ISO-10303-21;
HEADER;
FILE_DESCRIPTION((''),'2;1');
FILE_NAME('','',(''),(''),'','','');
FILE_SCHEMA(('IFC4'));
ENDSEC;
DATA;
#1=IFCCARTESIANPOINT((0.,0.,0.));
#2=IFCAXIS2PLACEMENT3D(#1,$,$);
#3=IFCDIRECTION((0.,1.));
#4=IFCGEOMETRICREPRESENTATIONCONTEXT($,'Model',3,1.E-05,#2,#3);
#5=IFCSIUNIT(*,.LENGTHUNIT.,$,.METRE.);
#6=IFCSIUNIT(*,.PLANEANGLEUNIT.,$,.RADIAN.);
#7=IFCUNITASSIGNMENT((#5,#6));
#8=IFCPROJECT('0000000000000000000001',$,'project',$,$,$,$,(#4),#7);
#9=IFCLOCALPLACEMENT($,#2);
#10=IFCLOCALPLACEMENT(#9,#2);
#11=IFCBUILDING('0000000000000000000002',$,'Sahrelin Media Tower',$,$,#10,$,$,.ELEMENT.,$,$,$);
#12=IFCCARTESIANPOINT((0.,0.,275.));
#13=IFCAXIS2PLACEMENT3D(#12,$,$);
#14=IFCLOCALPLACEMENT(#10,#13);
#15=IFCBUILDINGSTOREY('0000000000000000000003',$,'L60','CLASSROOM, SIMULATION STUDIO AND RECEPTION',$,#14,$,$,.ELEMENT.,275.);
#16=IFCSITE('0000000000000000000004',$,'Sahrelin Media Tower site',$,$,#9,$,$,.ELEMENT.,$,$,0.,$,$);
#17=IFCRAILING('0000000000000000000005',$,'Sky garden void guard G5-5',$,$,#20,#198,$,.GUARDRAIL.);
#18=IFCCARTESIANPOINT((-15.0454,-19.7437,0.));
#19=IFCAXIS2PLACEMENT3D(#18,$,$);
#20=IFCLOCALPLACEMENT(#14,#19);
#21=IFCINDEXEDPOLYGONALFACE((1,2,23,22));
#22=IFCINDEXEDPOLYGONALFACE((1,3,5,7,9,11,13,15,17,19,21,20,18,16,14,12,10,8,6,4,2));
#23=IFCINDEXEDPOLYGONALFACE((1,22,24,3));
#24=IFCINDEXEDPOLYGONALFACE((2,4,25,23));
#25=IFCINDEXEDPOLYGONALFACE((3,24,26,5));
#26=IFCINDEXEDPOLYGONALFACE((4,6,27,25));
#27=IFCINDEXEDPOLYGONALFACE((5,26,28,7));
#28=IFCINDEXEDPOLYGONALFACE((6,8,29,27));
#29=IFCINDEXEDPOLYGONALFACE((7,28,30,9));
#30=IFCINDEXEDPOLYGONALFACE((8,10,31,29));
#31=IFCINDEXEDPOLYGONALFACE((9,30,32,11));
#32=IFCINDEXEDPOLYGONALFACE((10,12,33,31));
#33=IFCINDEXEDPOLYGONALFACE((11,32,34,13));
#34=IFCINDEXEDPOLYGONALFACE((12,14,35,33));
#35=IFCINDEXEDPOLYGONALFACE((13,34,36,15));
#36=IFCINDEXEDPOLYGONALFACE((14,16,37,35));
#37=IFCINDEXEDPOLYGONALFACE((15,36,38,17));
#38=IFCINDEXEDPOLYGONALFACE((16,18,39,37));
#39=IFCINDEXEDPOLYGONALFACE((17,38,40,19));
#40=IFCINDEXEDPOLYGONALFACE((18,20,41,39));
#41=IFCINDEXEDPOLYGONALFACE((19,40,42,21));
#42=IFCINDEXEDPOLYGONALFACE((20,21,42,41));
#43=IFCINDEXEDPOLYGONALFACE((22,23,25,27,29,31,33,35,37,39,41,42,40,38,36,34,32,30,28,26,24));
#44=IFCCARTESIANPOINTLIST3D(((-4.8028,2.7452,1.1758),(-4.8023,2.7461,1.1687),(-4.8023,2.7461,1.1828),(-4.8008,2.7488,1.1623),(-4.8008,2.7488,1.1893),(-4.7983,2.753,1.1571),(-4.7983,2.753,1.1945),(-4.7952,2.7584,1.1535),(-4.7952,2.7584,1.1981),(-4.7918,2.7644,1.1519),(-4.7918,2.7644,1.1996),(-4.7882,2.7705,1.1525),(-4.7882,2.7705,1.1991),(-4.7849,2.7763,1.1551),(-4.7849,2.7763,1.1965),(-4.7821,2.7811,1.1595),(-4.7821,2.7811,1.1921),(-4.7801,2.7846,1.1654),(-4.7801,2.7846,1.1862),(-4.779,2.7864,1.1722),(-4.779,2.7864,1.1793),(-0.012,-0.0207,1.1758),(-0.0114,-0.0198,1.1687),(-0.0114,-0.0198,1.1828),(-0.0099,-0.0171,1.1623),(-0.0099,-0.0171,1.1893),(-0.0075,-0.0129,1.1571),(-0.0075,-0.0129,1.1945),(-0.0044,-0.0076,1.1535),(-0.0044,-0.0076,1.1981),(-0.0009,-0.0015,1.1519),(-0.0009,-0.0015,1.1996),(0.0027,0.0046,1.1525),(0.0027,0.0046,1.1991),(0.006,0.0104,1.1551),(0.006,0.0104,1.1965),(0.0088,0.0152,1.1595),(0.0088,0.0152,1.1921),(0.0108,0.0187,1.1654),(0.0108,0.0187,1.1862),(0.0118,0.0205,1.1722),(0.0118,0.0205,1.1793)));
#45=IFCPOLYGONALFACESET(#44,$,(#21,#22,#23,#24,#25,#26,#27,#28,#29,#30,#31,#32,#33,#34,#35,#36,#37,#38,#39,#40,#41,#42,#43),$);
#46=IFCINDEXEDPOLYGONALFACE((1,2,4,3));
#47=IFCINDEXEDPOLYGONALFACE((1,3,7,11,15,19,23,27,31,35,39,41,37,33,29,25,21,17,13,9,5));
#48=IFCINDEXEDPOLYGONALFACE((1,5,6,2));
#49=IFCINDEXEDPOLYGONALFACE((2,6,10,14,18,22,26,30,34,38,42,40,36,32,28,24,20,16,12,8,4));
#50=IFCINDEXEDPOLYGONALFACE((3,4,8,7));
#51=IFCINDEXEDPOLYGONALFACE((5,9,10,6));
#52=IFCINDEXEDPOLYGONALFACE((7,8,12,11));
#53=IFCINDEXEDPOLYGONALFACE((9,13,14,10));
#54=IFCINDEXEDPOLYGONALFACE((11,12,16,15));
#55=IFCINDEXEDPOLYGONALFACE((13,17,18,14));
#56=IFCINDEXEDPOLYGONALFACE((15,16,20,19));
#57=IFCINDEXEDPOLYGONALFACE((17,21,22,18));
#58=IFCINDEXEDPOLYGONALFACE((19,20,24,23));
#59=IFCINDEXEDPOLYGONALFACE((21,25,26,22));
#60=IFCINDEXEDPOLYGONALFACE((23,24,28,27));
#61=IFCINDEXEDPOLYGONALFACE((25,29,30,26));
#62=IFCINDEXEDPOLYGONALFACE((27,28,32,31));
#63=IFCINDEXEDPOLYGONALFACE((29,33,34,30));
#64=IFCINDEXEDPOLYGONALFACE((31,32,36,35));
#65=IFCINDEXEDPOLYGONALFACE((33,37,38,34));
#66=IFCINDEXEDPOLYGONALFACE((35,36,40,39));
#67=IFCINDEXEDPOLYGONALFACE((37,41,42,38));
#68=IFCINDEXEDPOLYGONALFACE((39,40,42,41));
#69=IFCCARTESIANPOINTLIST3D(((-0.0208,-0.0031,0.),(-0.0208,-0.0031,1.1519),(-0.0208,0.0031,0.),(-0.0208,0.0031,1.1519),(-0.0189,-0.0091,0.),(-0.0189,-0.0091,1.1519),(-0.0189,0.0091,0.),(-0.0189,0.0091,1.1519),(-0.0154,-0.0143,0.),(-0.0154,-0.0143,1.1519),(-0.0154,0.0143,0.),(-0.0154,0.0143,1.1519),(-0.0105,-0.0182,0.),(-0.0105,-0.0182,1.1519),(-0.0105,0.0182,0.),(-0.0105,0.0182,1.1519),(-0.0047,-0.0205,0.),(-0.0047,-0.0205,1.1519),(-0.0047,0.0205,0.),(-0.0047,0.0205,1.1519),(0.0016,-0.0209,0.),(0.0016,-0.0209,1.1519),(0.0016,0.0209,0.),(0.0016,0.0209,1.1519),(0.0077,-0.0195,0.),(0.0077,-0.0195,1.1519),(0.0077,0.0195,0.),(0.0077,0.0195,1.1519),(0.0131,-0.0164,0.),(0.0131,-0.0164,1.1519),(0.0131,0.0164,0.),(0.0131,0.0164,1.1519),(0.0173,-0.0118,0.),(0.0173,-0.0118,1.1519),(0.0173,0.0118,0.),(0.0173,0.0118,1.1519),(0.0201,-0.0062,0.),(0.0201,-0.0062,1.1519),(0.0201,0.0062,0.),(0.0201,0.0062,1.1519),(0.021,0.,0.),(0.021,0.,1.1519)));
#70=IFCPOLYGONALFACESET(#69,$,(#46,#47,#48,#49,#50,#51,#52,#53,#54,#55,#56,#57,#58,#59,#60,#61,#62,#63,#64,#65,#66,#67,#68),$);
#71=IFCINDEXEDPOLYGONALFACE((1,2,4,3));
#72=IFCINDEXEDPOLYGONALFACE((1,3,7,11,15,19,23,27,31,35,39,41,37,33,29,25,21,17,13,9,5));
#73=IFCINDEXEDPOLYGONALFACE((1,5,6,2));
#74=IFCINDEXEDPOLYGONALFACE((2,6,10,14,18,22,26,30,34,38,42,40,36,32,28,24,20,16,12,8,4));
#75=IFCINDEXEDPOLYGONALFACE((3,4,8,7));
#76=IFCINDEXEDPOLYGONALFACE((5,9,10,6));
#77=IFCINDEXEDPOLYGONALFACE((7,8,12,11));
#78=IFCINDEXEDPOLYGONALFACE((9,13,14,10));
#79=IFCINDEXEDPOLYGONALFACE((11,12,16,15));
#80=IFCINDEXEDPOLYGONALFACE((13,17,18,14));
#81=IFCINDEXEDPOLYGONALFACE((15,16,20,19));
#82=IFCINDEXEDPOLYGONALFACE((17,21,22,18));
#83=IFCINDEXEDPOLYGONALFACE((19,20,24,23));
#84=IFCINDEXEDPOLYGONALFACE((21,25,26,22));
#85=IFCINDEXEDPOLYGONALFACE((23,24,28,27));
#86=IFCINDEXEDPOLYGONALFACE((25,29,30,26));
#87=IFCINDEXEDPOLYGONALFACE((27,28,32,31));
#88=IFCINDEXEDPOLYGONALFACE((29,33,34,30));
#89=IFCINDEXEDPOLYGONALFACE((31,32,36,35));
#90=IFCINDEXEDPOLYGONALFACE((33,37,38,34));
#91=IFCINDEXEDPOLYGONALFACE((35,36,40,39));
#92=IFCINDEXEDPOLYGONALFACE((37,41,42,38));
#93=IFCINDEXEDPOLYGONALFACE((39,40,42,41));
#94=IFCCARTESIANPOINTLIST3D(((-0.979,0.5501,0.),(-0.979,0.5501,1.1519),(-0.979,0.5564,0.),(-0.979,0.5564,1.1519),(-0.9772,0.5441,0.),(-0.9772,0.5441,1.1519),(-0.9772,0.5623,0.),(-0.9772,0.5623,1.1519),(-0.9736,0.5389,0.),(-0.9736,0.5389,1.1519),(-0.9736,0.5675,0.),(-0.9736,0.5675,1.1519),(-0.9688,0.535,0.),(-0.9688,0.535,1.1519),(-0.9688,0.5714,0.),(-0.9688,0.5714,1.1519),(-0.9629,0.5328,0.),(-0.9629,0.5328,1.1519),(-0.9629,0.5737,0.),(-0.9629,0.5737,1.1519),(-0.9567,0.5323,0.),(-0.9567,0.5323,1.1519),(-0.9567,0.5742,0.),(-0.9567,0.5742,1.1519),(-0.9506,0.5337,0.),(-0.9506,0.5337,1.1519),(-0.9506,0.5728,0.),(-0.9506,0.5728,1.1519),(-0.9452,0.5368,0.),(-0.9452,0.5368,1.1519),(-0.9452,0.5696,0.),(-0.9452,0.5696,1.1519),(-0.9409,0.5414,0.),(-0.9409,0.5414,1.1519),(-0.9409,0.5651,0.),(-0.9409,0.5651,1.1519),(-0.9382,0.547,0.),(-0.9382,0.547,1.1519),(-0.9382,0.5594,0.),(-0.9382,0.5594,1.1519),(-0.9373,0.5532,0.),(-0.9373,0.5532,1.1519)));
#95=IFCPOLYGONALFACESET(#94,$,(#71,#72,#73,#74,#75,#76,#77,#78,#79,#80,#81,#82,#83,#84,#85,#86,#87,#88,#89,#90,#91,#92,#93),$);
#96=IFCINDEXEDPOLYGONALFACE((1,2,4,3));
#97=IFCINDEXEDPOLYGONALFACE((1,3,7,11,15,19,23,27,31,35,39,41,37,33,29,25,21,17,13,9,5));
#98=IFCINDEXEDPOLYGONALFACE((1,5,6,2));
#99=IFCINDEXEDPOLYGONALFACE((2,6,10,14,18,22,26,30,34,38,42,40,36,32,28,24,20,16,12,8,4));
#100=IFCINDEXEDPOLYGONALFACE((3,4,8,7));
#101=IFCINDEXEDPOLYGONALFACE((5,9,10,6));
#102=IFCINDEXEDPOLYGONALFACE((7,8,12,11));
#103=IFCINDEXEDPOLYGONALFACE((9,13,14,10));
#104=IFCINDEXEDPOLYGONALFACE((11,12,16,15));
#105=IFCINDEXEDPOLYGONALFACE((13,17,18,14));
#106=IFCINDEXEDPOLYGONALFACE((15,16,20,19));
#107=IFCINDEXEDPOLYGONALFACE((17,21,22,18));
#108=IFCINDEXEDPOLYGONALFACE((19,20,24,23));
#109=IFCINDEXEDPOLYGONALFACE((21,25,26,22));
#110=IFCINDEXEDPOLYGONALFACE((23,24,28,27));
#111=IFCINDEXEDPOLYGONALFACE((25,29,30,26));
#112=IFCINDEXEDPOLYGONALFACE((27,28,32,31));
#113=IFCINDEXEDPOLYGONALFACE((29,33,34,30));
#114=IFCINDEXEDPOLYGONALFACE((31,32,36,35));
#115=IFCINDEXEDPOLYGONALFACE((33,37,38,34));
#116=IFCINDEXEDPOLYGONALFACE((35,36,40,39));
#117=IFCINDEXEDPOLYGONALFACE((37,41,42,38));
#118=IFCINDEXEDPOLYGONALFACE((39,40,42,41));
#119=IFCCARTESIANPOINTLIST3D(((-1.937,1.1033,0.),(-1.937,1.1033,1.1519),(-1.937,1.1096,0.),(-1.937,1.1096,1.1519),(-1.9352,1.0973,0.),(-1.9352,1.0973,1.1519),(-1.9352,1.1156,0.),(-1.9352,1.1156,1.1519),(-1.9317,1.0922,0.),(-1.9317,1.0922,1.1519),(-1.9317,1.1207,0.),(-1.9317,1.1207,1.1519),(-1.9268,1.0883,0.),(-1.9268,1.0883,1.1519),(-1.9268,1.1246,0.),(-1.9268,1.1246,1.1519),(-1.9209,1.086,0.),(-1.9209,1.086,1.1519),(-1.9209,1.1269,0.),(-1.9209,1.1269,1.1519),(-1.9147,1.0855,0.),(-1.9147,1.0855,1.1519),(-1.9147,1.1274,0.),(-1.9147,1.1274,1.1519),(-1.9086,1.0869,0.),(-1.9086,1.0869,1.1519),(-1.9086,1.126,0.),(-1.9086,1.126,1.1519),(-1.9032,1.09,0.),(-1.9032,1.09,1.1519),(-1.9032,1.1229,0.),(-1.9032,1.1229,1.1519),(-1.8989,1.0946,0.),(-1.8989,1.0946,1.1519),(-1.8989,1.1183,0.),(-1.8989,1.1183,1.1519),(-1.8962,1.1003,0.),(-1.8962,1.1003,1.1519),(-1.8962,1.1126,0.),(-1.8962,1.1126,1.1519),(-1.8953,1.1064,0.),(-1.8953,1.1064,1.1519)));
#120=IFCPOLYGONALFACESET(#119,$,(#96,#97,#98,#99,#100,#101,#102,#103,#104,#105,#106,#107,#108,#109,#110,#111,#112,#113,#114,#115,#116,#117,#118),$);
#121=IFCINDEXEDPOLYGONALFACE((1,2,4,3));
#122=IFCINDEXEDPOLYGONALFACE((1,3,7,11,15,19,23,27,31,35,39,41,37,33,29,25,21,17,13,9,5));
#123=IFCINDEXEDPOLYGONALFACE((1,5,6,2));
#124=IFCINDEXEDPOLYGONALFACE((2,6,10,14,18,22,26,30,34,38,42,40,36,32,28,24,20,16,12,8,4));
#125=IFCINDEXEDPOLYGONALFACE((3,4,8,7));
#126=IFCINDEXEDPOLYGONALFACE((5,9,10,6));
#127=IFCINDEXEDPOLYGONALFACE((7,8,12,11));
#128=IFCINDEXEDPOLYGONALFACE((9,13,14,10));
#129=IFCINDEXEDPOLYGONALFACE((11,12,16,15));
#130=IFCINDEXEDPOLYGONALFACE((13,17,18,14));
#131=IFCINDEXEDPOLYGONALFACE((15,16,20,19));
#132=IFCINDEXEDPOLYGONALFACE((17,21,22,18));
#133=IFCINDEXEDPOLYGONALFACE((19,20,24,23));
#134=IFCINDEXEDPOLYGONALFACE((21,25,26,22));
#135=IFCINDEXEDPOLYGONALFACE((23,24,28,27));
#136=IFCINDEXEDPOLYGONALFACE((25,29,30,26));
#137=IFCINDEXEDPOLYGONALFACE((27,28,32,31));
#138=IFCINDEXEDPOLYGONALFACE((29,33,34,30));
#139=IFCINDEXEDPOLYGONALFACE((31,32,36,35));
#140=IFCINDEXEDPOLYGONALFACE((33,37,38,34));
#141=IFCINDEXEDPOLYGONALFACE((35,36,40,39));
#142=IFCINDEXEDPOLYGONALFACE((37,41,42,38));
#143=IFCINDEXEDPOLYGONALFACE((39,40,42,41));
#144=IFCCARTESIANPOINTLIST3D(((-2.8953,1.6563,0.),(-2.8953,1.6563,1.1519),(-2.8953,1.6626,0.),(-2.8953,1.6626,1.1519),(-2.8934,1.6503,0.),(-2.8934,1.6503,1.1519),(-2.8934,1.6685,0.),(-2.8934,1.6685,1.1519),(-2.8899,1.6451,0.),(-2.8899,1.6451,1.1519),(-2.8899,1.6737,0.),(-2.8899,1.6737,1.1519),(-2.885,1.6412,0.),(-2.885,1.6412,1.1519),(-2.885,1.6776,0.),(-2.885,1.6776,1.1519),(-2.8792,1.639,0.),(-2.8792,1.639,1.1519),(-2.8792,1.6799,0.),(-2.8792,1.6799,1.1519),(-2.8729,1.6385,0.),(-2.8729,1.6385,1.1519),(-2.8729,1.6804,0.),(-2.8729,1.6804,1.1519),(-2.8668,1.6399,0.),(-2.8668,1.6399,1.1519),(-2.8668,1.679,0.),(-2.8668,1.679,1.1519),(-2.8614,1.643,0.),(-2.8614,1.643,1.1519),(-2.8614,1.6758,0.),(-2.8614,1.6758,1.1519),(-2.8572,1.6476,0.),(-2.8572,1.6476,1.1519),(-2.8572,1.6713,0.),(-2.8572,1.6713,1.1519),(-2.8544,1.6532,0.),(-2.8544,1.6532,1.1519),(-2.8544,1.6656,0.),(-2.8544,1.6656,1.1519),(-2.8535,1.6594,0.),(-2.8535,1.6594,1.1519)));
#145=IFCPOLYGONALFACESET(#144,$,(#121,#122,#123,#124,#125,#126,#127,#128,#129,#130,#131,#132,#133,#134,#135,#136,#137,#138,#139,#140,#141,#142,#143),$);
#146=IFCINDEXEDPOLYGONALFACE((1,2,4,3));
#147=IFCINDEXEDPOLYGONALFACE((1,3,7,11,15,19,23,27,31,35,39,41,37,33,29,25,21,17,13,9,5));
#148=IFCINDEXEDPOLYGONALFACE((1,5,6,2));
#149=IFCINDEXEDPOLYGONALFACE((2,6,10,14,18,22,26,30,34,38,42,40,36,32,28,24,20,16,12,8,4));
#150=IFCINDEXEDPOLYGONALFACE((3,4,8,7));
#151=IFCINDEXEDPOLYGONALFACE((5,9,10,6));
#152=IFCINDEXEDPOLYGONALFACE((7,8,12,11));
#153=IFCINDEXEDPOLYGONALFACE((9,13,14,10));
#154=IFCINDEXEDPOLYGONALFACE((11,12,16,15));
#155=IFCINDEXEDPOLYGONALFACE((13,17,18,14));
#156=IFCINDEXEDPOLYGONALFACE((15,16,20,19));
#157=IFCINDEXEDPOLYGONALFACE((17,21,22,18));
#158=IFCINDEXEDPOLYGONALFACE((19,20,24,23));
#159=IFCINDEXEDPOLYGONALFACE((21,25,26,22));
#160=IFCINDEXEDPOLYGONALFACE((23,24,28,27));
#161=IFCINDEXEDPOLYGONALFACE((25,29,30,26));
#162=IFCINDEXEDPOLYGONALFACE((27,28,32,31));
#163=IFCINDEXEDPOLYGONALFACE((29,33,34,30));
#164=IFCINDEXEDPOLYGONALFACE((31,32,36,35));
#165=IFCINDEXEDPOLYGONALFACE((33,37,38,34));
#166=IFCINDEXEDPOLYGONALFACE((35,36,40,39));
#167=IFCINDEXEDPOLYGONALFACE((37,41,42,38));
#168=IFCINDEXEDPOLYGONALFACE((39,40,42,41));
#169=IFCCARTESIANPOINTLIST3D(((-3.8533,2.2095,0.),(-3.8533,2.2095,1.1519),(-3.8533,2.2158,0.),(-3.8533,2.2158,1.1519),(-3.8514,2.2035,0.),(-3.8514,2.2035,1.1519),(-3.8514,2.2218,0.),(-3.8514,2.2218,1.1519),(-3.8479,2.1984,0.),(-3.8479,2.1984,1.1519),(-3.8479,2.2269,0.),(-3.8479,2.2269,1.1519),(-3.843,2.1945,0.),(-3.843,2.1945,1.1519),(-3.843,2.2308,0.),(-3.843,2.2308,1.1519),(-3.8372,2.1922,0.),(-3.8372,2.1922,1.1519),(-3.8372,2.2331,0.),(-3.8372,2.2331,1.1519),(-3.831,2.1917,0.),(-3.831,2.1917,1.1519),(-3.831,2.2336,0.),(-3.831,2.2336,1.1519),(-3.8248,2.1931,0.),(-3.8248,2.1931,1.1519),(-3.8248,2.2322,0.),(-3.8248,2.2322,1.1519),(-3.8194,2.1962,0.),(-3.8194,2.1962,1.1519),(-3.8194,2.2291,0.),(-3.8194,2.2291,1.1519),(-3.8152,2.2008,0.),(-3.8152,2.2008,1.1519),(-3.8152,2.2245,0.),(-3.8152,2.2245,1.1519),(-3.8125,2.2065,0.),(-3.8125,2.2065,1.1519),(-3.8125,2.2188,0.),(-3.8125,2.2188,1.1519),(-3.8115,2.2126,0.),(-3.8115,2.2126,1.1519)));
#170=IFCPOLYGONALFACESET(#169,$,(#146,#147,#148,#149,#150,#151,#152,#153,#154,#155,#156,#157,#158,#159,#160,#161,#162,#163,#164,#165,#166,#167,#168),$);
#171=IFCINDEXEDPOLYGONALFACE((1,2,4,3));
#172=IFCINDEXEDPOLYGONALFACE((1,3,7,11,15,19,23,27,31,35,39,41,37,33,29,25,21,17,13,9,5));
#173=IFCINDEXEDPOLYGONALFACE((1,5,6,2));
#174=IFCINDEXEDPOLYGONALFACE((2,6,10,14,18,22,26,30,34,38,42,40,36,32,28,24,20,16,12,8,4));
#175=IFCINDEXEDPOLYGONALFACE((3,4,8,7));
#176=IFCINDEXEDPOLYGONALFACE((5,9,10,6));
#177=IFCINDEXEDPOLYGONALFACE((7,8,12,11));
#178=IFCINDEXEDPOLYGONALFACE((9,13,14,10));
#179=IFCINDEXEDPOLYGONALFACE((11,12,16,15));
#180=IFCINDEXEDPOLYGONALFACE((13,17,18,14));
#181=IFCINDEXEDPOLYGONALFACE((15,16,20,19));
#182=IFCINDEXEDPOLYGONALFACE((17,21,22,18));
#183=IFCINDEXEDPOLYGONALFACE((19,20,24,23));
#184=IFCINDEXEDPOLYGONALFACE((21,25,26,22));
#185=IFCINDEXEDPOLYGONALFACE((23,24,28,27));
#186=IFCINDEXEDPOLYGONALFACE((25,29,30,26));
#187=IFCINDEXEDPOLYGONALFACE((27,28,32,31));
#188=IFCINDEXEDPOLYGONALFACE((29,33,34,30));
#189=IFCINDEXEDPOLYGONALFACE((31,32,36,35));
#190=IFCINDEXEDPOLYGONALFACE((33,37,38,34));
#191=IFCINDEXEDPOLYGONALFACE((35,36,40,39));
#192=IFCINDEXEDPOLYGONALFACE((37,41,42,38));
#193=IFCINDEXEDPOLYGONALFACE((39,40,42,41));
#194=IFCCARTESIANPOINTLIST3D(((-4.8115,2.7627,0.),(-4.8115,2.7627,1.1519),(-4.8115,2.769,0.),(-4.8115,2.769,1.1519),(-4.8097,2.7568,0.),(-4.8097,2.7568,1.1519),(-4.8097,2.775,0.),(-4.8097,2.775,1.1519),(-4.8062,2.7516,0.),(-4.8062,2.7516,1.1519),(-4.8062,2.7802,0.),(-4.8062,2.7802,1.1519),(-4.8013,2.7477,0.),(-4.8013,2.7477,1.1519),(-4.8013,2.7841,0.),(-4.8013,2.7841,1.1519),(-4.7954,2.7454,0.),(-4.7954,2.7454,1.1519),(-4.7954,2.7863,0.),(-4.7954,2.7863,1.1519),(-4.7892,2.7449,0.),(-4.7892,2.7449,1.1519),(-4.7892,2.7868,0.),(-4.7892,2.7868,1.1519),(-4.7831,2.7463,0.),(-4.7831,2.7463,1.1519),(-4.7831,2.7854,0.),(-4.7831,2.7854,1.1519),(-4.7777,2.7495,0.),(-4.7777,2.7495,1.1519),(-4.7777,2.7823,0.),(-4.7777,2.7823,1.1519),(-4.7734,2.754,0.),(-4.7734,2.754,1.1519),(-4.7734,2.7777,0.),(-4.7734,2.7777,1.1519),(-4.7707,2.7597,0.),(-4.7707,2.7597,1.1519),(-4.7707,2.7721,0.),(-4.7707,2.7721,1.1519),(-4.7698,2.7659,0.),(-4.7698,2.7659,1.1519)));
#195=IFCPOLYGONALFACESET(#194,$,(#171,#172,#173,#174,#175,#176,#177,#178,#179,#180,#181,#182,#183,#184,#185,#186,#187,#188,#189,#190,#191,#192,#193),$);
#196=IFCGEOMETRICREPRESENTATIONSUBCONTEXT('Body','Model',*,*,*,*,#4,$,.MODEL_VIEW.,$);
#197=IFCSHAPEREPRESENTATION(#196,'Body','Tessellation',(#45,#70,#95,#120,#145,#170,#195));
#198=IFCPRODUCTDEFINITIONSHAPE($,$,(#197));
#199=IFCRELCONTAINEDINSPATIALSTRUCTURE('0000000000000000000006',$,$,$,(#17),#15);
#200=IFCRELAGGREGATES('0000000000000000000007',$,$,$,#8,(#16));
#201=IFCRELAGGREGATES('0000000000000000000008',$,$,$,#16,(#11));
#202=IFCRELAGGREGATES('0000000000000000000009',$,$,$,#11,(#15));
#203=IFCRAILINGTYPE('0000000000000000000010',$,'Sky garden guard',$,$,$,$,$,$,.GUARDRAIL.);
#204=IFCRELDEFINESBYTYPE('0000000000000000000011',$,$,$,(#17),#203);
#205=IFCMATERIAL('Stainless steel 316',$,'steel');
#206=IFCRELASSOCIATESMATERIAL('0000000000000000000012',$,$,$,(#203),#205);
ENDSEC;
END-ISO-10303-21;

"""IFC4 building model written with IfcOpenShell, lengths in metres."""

from ifc_helpers import new_model, si_unit, direction, frame, origin, origin_2d, place, context, subcontext, project, spatial, circle, extrude, material, type_object, element, save


model = new_model("IFC4")

# Units and contexts
model_context = context("Model", 3, precision=1e-05, world=origin(), true_north=direction((0.0, 1.0)))
body_context = subcontext(model_context, "Body", "Model", "MODEL_VIEW")
ifc_project = project(units=[si_unit("LENGTHUNIT", "METRE"), si_unit("PLANEANGLEUNIT", "RADIAN")], contexts=[model_context])

# Site, building, storey
site_placement = place(None, origin())
site = spatial("IfcSite", under=ifc_project, at=site_placement, Name="Sahrelin Media Tower site", CompositionType="ELEMENT", RefElevation=0.0)
building_placement = place(site_placement, origin())
building = spatial("IfcBuilding", under=site, at=building_placement, Name="Sahrelin Media Tower", CompositionType="ELEMENT")
storey_placement = place(building_placement, frame((0.0, 0.0, 275.0)))
storey = spatial("IfcBuildingStorey", under=building, at=storey_placement, Name="L60", Description="CLASSROOM, SIMULATION STUDIO AND RECEPTION", CompositionType="ELEMENT", Elevation=275.0)

# Railing
ifc_material_1 = material(Name="Stainless steel 316", Category="steel")
railing_type = type_object("IfcRailingType", Name="Sky garden guard", PredefinedType="GUARDRAIL", material=ifc_material_1)
railing_1_placement = place(storey_placement, frame((-15.0454, -19.7437, 0.0)))
element("IfcRailing", 1, at=railing_1_placement, inside=storey, type_object=railing_type, Name="Sky garden void guard G5-5", PredefinedType="GUARDRAIL", context=body_context, shape_type="SweptSolid", body=[
    extrude(circle(Radius=0.0239, at=origin_2d()), frame((0.0, 0.0, 1.1758), z_axis=(-0.866032, 0.499989, 0.0), x_axis=(-0.499989, -0.866032, 0.0)), (0.0, 0.0, 1.0), 5.532),
    extrude(circle(Radius=0.021, at=origin_2d()), origin(), (0.0, 0.0, 1.0), 1.1519),
    extrude(circle(Radius=0.021, at=origin_2d()), frame((-0.9583, 0.5532, 0.0)), (0.0, 0.0, 1.0), 1.1519),
    extrude(circle(Radius=0.021, at=origin_2d()), frame((-1.9163, 1.1064, 0.0)), (0.0, 0.0, 1.0), 1.1519),
    extrude(circle(Radius=0.021, at=origin_2d()), frame((-2.8745, 1.6594, 0.0)), (0.0, 0.0, 1.0), 1.1519),
    extrude(circle(Radius=0.021, at=origin_2d()), frame((-3.8325, 2.2126, 0.0)), (0.0, 0.0, 1.0), 1.1519),
    extrude(circle(Radius=0.021, at=origin_2d()), frame((-4.7908, 2.7659, 0.0)), (0.0, 0.0, 1.0), 1.1519),
])

save(model, "model.ifc")
